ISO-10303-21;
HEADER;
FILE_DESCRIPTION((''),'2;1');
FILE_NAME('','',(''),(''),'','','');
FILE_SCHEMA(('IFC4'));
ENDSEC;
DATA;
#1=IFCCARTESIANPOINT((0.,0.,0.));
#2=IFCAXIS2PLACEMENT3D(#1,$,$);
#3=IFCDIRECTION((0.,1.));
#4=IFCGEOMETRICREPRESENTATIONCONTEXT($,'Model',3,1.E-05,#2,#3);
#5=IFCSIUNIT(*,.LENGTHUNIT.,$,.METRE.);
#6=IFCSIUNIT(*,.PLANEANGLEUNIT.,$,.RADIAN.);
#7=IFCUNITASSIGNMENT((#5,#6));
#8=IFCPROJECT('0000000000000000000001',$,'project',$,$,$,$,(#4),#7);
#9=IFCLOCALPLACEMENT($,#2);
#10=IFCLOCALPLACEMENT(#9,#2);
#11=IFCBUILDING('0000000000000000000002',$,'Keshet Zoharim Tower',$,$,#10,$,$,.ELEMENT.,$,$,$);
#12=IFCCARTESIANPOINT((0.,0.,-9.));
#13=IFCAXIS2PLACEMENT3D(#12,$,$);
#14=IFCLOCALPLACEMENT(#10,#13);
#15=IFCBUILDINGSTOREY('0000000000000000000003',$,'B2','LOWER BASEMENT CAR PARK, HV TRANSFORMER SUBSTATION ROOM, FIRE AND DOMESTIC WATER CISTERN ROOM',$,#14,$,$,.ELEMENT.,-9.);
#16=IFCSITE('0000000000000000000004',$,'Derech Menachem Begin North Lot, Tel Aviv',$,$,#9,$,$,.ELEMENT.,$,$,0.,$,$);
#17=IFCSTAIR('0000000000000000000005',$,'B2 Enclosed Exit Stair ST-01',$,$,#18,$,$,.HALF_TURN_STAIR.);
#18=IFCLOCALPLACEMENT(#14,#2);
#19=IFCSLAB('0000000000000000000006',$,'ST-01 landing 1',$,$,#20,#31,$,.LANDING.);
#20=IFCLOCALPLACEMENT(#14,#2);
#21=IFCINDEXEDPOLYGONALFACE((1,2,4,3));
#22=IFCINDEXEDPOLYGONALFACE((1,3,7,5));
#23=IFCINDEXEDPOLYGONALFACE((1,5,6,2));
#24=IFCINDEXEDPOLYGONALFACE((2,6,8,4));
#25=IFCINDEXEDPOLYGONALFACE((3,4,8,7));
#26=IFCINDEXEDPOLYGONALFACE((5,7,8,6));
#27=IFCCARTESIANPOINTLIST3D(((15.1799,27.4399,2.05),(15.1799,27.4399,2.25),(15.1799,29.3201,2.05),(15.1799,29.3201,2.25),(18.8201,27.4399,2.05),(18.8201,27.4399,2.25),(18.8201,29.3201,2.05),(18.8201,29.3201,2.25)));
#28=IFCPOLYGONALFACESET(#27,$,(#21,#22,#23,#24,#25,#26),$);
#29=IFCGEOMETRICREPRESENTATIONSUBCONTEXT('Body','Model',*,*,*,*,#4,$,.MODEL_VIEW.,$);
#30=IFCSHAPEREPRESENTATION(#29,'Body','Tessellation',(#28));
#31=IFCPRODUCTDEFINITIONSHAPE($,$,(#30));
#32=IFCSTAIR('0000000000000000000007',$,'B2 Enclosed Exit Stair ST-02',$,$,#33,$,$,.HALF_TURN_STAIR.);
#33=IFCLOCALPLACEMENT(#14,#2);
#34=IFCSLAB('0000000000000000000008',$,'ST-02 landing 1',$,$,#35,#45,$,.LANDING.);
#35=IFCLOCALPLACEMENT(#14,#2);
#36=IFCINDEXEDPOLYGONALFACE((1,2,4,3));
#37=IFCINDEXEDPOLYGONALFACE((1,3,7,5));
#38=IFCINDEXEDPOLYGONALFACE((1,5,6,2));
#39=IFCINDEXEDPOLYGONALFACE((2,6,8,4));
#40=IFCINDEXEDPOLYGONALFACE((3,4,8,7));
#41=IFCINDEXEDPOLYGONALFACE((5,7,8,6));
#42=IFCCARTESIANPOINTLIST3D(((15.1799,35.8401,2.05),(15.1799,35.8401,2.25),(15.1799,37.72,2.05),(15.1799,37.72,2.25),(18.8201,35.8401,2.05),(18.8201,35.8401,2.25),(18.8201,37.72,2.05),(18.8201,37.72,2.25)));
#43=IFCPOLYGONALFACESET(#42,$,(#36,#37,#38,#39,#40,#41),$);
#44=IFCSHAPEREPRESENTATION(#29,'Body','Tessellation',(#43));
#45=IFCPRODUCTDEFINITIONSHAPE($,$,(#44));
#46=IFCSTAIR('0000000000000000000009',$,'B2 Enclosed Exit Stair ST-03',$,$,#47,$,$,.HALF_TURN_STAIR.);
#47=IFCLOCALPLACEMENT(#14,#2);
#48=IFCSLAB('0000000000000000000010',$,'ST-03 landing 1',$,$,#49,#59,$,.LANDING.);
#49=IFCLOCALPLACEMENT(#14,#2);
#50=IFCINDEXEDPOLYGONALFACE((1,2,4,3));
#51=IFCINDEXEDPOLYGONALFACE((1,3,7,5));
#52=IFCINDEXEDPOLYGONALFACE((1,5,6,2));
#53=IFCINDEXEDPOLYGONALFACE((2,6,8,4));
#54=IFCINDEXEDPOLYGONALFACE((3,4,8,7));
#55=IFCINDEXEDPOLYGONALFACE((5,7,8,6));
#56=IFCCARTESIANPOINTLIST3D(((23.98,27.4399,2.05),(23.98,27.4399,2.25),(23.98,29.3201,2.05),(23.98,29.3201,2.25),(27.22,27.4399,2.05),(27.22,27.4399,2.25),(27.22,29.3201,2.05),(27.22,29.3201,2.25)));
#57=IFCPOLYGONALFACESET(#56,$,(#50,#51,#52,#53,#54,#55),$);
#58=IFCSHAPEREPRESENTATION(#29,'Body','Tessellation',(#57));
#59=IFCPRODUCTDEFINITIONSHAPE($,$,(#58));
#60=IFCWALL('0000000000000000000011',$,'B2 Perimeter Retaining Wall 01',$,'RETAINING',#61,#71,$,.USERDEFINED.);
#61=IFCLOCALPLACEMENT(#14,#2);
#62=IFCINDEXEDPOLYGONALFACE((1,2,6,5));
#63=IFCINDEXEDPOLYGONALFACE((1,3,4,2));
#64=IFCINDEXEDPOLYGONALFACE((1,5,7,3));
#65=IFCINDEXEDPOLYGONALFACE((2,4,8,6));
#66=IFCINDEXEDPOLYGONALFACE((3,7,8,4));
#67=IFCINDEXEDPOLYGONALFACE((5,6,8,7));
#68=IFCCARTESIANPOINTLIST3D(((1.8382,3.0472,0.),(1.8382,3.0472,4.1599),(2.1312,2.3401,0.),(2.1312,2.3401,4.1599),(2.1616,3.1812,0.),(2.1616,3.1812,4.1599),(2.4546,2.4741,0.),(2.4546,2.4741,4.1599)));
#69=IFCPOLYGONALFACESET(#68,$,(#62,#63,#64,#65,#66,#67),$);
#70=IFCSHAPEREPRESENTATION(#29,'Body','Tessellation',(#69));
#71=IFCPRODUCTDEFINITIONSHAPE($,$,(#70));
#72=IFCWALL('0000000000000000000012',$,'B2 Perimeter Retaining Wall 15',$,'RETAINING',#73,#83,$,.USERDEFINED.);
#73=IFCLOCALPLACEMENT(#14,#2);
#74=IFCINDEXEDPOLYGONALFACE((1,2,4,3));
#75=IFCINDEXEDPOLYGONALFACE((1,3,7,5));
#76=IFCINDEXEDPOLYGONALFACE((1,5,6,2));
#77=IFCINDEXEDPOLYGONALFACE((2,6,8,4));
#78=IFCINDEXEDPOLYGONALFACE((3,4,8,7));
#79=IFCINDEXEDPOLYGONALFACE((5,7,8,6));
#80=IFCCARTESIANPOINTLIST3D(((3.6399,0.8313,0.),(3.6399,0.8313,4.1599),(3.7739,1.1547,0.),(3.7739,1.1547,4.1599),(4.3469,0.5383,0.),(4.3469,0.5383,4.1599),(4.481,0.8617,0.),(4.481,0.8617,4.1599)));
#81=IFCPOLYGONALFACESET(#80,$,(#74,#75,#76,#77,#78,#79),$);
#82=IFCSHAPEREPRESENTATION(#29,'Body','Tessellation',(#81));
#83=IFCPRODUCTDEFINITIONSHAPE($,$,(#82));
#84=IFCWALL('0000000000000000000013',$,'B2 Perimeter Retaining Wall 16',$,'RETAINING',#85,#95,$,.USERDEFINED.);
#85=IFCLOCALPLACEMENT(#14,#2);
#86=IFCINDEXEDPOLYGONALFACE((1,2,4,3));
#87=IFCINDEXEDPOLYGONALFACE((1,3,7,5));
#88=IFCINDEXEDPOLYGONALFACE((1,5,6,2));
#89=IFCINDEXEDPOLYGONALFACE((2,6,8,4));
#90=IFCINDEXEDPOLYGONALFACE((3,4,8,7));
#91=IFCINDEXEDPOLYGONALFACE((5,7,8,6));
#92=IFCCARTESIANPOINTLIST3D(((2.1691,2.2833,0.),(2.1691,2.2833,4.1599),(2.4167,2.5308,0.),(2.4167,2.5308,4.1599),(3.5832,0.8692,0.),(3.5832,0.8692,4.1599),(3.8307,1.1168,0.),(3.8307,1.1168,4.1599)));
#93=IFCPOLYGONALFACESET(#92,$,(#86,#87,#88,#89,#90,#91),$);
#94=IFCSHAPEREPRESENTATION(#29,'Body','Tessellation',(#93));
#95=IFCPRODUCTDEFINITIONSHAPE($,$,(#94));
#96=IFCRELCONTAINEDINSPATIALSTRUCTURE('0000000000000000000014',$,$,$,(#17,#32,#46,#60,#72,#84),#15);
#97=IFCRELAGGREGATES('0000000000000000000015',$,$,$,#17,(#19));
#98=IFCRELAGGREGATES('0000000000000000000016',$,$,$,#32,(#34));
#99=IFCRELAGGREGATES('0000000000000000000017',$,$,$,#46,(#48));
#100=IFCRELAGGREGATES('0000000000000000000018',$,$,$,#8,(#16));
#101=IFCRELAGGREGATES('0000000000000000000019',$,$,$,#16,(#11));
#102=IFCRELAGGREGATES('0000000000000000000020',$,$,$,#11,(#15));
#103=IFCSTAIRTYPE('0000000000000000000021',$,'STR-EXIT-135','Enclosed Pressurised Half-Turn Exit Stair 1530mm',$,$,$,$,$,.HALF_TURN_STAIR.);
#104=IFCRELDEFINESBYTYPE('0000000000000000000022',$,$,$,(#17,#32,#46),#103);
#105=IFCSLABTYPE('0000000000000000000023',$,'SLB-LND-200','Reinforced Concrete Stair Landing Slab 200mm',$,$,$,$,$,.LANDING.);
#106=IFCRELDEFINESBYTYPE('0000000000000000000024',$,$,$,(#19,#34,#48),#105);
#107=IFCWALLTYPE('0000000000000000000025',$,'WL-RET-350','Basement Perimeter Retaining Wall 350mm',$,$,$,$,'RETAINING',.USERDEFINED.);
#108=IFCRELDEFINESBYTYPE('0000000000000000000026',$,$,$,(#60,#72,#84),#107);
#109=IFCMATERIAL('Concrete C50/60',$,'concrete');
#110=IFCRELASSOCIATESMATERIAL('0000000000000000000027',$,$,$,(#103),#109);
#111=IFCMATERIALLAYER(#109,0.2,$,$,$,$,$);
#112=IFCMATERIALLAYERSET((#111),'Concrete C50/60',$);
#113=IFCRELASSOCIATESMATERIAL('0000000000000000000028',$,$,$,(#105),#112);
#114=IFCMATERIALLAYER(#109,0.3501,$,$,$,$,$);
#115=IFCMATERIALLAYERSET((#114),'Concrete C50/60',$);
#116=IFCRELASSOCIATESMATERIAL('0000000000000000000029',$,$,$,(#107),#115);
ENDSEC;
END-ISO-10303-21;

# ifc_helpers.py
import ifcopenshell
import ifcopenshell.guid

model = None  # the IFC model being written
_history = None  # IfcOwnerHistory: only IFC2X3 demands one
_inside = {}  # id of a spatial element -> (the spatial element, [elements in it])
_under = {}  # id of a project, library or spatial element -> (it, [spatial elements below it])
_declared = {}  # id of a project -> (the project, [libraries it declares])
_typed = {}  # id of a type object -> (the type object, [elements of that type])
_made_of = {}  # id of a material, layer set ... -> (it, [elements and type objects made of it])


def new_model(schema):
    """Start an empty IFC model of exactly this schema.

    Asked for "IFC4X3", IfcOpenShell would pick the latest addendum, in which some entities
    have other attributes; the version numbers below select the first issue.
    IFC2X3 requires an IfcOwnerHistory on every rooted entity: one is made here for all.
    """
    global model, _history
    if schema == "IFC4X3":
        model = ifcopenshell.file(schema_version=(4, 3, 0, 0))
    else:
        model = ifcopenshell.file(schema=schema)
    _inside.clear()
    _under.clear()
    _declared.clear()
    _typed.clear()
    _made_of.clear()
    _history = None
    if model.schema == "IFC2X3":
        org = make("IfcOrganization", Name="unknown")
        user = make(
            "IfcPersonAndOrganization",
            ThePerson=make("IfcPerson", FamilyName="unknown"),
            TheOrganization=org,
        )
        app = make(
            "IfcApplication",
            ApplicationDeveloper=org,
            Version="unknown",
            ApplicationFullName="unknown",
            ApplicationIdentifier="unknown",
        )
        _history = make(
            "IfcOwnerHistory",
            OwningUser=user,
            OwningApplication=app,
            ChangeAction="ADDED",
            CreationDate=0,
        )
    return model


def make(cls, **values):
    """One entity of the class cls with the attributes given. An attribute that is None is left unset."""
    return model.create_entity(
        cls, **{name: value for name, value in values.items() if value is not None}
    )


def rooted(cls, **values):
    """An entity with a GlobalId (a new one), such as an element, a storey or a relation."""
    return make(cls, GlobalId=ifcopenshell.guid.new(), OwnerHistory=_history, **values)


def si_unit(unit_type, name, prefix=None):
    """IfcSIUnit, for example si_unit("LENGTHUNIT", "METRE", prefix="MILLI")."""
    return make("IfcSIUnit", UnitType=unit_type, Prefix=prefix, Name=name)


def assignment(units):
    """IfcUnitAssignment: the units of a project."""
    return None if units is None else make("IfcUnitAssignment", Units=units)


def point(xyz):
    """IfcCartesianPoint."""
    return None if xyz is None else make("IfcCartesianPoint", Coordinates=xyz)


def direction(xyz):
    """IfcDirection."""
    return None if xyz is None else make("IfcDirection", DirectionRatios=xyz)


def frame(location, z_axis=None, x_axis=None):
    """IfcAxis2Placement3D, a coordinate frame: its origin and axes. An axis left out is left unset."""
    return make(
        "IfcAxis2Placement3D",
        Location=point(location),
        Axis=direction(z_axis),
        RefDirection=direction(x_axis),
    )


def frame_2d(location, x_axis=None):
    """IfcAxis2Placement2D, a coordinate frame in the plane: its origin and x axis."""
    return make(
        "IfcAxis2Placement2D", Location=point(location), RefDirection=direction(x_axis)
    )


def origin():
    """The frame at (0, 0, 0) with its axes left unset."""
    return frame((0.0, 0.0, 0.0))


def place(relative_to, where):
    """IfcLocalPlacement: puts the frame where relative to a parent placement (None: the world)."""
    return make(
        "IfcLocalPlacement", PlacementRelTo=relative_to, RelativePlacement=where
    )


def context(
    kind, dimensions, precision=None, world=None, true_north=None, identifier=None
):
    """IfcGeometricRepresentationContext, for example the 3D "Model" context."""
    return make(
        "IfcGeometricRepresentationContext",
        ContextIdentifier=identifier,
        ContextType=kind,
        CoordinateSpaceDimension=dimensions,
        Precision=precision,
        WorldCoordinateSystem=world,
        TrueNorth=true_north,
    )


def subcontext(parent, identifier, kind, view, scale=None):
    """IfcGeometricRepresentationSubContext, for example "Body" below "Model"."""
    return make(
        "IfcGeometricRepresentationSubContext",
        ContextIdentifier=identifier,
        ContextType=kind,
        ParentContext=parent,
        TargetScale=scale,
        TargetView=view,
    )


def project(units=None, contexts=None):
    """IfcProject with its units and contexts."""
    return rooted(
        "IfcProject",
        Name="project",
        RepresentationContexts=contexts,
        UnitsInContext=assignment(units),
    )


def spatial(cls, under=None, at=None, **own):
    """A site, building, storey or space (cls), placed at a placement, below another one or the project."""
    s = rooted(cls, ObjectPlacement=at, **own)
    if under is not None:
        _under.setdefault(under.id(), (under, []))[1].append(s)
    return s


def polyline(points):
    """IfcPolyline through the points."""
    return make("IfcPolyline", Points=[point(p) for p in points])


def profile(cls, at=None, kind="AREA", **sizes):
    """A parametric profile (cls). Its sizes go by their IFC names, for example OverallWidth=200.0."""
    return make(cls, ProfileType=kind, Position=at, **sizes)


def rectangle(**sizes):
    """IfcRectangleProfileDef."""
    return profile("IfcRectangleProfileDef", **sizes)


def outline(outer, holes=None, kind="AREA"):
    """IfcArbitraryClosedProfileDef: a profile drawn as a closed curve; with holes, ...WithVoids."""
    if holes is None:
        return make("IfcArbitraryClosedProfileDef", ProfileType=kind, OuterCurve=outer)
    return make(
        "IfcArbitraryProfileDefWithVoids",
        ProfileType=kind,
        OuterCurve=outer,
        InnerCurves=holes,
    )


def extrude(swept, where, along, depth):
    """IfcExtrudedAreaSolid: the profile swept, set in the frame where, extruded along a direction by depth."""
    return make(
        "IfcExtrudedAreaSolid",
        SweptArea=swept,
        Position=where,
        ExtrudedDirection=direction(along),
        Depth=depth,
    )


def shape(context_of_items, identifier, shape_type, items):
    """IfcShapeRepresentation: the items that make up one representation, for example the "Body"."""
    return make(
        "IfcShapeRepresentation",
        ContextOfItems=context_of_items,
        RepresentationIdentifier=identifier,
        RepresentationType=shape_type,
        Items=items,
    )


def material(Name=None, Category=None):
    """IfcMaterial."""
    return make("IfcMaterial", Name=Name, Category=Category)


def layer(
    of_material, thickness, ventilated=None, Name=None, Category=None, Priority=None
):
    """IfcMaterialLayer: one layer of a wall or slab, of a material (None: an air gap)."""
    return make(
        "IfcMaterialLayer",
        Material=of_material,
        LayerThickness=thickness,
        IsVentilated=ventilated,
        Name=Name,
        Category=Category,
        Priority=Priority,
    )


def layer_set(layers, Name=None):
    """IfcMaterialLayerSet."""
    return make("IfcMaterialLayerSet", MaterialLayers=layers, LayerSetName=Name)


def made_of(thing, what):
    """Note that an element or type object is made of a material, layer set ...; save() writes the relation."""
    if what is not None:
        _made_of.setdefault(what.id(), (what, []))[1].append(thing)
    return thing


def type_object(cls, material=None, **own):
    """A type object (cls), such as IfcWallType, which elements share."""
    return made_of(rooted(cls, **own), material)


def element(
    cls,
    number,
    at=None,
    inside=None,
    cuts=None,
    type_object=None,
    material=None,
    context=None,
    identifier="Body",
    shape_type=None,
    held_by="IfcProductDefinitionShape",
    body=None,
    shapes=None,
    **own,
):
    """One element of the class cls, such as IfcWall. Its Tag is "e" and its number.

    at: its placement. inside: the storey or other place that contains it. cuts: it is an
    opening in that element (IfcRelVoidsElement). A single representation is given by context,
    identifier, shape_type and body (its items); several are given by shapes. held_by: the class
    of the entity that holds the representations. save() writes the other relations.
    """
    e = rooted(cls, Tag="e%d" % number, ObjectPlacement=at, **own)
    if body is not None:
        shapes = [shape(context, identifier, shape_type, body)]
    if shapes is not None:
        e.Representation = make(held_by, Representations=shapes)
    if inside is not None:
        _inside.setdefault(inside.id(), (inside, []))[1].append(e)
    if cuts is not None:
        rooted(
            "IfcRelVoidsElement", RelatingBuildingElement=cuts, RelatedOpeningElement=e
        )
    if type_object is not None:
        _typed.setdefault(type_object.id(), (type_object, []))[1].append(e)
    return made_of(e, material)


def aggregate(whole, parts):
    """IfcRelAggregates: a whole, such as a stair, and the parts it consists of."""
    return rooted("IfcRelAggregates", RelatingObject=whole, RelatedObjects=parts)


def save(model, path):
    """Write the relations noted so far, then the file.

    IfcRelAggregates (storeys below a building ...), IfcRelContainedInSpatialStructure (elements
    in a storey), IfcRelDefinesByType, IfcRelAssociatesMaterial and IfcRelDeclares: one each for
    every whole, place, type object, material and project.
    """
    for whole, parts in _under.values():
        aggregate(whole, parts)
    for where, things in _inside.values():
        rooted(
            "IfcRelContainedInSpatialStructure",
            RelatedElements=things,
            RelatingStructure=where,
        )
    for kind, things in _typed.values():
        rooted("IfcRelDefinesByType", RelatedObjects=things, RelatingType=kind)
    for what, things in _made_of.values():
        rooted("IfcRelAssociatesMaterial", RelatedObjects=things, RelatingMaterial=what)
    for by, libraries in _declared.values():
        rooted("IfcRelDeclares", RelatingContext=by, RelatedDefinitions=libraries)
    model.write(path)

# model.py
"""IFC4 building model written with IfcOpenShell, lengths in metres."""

from ifc_helpers import new_model, si_unit, direction, frame, frame_2d, origin, place, context, subcontext, project, spatial, polyline, rectangle, outline, extrude, material, layer, layer_set, type_object, element, aggregate, save


model = new_model("IFC4")

# Units and contexts
model_context = context("Model", 3, precision=1e-05, world=origin(), true_north=direction((0.0, 1.0)))
body_context = subcontext(model_context, "Body", "Model", "MODEL_VIEW")
ifc_project = project(units=[si_unit("LENGTHUNIT", "METRE"), si_unit("PLANEANGLEUNIT", "RADIAN")], contexts=[model_context])

# Site, building, storey
site_placement = place(None, origin())
site = spatial("IfcSite", under=ifc_project, at=site_placement, Name="Derech Menachem Begin North Lot, Tel Aviv", CompositionType="ELEMENT", RefElevation=0.0)
building_placement = place(site_placement, origin())
building = spatial("IfcBuilding", under=site, at=building_placement, Name="Keshet Zoharim Tower", CompositionType="ELEMENT")
storey_placement = place(building_placement, frame((0.0, 0.0, -9.0)))
storey = spatial("IfcBuildingStorey", under=building, at=storey_placement, Name="B2", Description="LOWER BASEMENT CAR PARK, HV TRANSFORMER SUBSTATION ROOM, FIRE AND DOMESTIC WATER CISTERN ROOM", CompositionType="ELEMENT", Elevation=-9.0)

# Shared definitions
ifc_material_1 = material(Name="Concrete C50/60", Category="concrete")

# Stairs, slabs
stair_type = type_object("IfcStairType", Name="STR-EXIT-135", Description="Enclosed Pressurised Half-Turn Exit Stair 1530mm", PredefinedType="HALF_TURN_STAIR", material=ifc_material_1)
stair_1_placement = place(storey_placement, origin())
stair_1 = element("IfcStair", 1, at=stair_1_placement, inside=storey, type_object=stair_type, Name="B2 Enclosed Exit Stair ST-01", PredefinedType="HALF_TURN_STAIR")
ifc_layer_1 = layer(ifc_material_1, 0.2)
ifc_layer_set_1 = layer_set([ifc_layer_1], Name="Concrete C50/60")
slab_type_1 = type_object("IfcSlabType", Name="SLB-LND-200", Description="Reinforced Concrete Stair Landing Slab 200mm", PredefinedType="LANDING", material=ifc_layer_set_1)
slab_1_placement = place(storey_placement, frame((0.0, 0.0, 2.05)))
slab_1 = element("IfcSlab", 2, at=slab_1_placement, type_object=slab_type_1, Name="ST-01 landing 1", PredefinedType="LANDING", context=body_context, shape_type="SweptSolid", body=[
    extrude(outline(polyline([(15.1799, 27.4399), (18.8201, 27.4399), (18.8201, 29.3201), (15.1799, 29.3201), (15.1799, 27.4399)])), origin(), (0.0, 0.0, 1.0), 0.2),
])
aggregate(stair_1, [slab_1])
stair_2_placement = place(storey_placement, origin())
stair_2 = element("IfcStair", 3, at=stair_2_placement, inside=storey, type_object=stair_type, Name="B2 Enclosed Exit Stair ST-02", PredefinedType="HALF_TURN_STAIR")
slab_2_placement = place(storey_placement, frame((0.0, 0.0, 2.05)))
slab_2 = element("IfcSlab", 4, at=slab_2_placement, type_object=slab_type_1, Name="ST-02 landing 1", PredefinedType="LANDING", context=body_context, shape_type="SweptSolid", body=[
    extrude(outline(polyline([(15.1799, 35.8401), (18.8201, 35.8401), (18.8201, 37.72), (15.1799, 37.72), (15.1799, 35.8401)])), origin(), (0.0, 0.0, 1.0), 0.2),
])
aggregate(stair_2, [slab_2])
stair_3_placement = place(storey_placement, origin())
stair_3 = element("IfcStair", 5, at=stair_3_placement, inside=storey, type_object=stair_type, Name="B2 Enclosed Exit Stair ST-03", PredefinedType="HALF_TURN_STAIR")
slab_3_placement = place(storey_placement, frame((0.0, 0.0, 2.05)))
slab_3 = element("IfcSlab", 6, at=slab_3_placement, type_object=slab_type_1, Name="ST-03 landing 1", PredefinedType="LANDING", context=body_context, shape_type="SweptSolid", body=[
    extrude(outline(polyline([(23.98, 27.4399), (27.22, 27.4399), (27.22, 29.3201), (23.98, 29.3201), (23.98, 27.4399)])), origin(), (0.0, 0.0, 1.0), 0.2),
])
aggregate(stair_3, [slab_3])

# Walls
ifc_layer_2 = layer(ifc_material_1, 0.3501)
ifc_layer_set_2 = layer_set([ifc_layer_2], Name="Concrete C50/60")
wall_type = type_object("IfcWallType", Name="WL-RET-350", Description="Basement Perimeter Retaining Wall 350mm", ElementType="RETAINING", PredefinedType="USERDEFINED", material=ifc_layer_set_2)
for number, where, z_axis, x_axis, name in (
    (7, (2.293, 2.407, 0.0), (0.0, 0.0, 1.0), (-0.382803, 0.92383, 0.0), "B2 Perimeter Retaining Wall 01"),
    (8, (4.4141, 0.7, 0.0), (0.0, 0.0, 1.0), (-0.92383, 0.382803, 0.0), "B2 Perimeter Retaining Wall 15"),
):
    element("IfcWall", number, at=place(storey_placement, frame(where, z_axis=z_axis, x_axis=x_axis)), inside=storey, type_object=wall_type, Name=name, ObjectType="RETAINING", PredefinedType="USERDEFINED", context=body_context, shape_type="SweptSolid", body=[
        extrude(rectangle(XDim=0.7654, YDim=0.3501, at=frame_2d((0.3828, 0.0))), origin(), (0.0, 0.0, 1.0), 4.1599),
    ])
wall_placement = place(storey_placement, frame((3.707, 0.9929, 0.0), z_axis=(0.0, 0.0, 1.0), x_axis=(-0.707107, 0.707107, 0.0)))
element("IfcWall", 9, at=wall_placement, inside=storey, type_object=wall_type, Name="B2 Perimeter Retaining Wall 16", ObjectType="RETAINING", PredefinedType="USERDEFINED", context=body_context, shape_type="SweptSolid", body=[
    extrude(rectangle(XDim=1.9998, YDim=0.3501, at=frame_2d((1.0, 0.0))), origin(), (0.0, 0.0, 1.0), 4.1599),
])

save(model, "model.ifc")
